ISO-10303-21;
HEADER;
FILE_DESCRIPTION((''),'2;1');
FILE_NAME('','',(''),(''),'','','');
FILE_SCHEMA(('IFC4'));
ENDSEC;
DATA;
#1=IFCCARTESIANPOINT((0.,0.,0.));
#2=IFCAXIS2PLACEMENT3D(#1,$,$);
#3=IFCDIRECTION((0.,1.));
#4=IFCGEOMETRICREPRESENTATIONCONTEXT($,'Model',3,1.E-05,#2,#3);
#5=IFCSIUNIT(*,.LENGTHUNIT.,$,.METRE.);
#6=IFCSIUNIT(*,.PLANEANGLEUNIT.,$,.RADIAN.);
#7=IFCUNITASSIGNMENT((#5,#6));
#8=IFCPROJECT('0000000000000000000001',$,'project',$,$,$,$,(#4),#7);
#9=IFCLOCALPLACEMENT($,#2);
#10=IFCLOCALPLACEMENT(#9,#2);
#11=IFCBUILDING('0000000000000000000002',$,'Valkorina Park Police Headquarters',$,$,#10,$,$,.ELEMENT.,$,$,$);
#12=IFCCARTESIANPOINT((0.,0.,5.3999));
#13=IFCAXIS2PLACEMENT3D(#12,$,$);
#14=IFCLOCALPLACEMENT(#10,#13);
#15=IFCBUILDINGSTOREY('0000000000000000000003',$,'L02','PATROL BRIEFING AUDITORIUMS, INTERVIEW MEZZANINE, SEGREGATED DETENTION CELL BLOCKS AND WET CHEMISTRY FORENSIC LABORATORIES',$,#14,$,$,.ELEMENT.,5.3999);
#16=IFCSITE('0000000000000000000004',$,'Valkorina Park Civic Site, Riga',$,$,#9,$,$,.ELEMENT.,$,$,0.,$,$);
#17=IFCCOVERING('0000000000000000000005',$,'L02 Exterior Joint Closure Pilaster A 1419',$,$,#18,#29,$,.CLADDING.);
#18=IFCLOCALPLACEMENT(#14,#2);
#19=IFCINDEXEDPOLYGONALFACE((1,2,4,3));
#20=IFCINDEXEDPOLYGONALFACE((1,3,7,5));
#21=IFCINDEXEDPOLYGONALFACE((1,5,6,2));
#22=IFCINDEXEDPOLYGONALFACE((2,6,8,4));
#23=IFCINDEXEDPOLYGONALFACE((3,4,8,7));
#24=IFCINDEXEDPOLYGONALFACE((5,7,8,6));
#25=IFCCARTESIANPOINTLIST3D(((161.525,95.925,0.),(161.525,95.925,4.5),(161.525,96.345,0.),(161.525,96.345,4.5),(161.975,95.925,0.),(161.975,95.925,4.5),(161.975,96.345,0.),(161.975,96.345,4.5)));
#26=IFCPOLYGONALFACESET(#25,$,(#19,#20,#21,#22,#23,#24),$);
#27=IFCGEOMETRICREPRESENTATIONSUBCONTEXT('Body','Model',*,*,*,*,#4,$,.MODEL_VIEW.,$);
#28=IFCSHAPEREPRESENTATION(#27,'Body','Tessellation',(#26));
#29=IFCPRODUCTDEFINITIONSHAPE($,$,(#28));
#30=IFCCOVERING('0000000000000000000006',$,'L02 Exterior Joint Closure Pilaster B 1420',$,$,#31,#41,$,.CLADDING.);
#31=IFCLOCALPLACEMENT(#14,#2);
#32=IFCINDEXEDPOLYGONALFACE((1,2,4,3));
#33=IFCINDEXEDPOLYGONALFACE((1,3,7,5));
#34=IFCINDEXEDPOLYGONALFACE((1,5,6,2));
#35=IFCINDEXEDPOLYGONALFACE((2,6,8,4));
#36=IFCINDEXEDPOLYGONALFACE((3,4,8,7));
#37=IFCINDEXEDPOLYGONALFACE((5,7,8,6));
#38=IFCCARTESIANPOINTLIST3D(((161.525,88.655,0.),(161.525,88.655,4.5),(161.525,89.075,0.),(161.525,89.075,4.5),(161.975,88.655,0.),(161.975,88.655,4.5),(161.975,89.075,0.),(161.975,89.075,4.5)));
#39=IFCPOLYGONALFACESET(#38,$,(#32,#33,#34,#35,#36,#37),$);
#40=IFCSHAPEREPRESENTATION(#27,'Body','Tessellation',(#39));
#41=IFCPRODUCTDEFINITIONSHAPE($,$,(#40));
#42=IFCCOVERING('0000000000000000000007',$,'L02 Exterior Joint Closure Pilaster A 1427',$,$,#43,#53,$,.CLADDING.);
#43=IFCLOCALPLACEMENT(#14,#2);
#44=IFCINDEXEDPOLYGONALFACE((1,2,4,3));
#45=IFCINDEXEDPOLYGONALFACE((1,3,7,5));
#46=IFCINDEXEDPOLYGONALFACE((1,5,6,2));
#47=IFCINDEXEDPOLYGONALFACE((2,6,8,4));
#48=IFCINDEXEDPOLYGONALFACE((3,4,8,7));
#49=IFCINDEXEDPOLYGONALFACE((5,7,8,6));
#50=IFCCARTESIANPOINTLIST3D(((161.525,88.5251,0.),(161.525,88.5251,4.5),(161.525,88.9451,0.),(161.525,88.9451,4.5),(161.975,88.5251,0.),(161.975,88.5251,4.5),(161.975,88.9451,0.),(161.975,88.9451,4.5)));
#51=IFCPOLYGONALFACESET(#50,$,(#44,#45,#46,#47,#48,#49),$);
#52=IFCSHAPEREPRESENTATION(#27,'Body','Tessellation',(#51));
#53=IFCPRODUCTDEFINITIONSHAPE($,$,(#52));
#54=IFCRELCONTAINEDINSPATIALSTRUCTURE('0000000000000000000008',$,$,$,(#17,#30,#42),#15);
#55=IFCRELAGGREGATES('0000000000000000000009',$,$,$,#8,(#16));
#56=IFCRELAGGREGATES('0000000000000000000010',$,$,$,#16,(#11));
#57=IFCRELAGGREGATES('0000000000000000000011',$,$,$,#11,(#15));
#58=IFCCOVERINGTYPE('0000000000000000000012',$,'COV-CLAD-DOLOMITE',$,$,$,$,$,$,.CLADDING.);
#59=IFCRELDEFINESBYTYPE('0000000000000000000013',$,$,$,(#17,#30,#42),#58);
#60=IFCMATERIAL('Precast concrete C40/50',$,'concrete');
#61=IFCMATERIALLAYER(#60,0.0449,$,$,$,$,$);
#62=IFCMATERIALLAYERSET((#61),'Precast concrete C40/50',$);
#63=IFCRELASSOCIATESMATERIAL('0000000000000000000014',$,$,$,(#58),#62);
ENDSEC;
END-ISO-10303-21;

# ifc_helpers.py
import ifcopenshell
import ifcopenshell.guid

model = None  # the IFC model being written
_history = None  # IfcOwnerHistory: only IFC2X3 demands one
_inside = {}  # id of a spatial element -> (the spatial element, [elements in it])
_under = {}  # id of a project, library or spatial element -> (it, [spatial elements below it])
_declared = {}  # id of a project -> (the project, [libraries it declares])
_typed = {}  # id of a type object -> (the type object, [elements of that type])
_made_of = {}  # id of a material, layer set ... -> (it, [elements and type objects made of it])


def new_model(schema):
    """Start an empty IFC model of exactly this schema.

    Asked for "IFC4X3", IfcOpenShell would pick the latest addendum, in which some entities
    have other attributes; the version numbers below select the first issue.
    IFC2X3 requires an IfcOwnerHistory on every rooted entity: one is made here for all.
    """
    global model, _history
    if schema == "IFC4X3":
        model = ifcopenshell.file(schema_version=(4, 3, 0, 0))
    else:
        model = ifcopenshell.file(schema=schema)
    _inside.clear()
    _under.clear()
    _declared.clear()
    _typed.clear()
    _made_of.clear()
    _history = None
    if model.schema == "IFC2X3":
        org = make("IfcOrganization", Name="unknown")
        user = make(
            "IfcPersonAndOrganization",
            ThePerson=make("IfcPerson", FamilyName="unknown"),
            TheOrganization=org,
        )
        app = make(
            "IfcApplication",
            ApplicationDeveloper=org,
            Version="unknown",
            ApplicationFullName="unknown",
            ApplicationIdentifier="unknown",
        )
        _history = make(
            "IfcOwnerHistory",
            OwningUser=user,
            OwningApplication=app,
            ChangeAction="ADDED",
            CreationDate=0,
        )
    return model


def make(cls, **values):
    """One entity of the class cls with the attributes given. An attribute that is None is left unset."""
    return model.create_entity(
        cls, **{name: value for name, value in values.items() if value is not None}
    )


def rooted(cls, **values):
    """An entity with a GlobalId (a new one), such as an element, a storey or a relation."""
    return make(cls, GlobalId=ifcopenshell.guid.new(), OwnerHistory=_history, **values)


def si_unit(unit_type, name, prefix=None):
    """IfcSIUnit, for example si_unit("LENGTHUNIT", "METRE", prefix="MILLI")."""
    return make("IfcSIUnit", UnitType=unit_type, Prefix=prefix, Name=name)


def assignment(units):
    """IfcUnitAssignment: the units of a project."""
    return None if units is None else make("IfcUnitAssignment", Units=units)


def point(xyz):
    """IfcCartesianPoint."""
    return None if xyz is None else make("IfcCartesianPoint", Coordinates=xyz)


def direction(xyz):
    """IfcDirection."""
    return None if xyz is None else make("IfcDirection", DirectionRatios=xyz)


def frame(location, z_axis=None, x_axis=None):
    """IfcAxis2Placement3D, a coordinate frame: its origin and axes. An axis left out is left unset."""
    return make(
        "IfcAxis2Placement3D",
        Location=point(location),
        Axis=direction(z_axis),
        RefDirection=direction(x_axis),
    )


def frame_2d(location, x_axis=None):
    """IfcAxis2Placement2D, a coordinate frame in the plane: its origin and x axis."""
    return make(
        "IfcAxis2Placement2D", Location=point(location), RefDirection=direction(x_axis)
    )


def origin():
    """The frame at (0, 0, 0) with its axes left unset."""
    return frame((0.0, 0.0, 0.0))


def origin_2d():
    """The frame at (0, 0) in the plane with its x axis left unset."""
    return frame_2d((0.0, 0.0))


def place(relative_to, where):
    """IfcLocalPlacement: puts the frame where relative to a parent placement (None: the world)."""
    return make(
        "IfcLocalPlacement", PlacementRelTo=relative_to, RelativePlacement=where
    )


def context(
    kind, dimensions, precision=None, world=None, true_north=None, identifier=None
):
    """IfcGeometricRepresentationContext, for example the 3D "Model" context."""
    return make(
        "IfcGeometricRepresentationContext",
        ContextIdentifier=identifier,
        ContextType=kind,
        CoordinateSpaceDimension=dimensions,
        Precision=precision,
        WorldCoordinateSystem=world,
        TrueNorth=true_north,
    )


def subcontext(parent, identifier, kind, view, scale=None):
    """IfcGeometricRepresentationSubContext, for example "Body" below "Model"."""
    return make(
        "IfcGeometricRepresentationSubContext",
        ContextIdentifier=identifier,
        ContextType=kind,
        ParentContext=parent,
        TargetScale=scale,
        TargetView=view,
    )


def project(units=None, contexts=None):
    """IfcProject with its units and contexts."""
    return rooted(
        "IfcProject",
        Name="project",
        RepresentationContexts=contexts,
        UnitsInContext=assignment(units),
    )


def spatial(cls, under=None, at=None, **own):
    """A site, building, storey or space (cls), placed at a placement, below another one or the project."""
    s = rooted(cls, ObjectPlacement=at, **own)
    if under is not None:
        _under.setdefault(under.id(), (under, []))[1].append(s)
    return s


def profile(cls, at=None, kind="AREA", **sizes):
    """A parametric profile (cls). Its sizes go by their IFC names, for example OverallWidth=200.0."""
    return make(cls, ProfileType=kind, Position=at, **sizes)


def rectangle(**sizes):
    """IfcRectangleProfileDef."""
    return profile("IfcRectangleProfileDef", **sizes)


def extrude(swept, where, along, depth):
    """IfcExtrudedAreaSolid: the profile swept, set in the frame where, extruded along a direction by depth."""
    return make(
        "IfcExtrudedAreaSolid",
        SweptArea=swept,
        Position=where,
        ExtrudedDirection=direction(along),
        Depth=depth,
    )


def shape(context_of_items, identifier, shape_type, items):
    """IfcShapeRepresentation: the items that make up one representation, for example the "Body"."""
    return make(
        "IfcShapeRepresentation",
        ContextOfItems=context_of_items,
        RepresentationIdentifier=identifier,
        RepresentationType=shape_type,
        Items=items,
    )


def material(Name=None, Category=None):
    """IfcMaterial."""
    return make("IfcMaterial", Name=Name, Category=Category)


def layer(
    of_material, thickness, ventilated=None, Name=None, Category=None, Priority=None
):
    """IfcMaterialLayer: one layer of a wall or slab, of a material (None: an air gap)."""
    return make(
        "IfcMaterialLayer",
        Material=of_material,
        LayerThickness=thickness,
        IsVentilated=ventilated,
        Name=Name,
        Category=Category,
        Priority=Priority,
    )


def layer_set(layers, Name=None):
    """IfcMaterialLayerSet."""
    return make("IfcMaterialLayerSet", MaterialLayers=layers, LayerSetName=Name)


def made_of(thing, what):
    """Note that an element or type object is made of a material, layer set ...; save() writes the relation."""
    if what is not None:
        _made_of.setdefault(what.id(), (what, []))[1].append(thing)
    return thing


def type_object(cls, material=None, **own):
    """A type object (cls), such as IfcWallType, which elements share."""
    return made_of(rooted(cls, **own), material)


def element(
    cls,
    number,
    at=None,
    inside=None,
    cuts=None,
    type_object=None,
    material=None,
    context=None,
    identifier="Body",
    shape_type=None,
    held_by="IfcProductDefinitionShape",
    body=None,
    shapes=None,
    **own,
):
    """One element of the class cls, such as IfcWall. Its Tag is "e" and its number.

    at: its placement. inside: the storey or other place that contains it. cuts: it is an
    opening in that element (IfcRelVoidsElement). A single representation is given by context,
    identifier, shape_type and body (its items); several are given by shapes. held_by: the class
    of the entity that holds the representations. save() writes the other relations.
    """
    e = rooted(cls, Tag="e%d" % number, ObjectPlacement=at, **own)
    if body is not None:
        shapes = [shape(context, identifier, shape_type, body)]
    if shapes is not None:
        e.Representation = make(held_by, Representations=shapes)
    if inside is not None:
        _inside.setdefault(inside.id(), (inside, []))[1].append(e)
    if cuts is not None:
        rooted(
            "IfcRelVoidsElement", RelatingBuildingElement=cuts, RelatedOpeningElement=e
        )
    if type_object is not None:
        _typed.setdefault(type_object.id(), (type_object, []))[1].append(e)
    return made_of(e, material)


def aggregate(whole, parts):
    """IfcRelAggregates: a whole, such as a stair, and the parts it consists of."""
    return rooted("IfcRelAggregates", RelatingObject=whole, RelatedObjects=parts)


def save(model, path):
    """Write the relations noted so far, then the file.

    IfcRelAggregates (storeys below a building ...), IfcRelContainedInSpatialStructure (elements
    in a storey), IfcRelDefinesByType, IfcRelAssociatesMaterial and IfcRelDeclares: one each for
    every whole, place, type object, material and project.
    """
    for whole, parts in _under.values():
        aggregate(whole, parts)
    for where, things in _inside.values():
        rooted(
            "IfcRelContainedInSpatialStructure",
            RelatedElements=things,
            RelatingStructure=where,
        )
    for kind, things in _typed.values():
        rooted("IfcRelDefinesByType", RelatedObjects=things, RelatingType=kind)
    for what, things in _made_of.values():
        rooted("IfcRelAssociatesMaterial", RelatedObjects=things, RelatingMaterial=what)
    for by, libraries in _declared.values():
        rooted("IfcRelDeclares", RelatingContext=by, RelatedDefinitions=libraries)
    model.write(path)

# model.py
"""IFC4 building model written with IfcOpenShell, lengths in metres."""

from ifc_helpers import new_model, si_unit, direction, frame, origin, origin_2d, place, context, subcontext, project, spatial, rectangle, extrude, material, layer, layer_set, type_object, element, save


model = new_model("IFC4")

# Units and contexts
model_context = context("Model", 3, precision=1e-05, world=origin(), true_north=direction((0.0, 1.0)))
body_context = subcontext(model_context, "Body", "Model", "MODEL_VIEW")
ifc_project = project(units=[si_unit("LENGTHUNIT", "METRE"), si_unit("PLANEANGLEUNIT", "RADIAN")], contexts=[model_context])

# Site, building, storey
site_placement = place(None, origin())
site = spatial("IfcSite", under=ifc_project, at=site_placement, Name="Valkorina Park Civic Site, Riga", CompositionType="ELEMENT", RefElevation=0.0)
building_placement = place(site_placement, origin())
building = spatial("IfcBuilding", under=site, at=building_placement, Name="Valkorina Park Police Headquarters", CompositionType="ELEMENT")
storey_placement = place(building_placement, frame((0.0, 0.0, 5.3999)))
storey = spatial("IfcBuildingStorey", under=building, at=storey_placement, Name="L02", Description="PATROL BRIEFING AUDITORIUMS, INTERVIEW MEZZANINE, SEGREGATED DETENTION CELL BLOCKS AND WET CHEMISTRY FORENSIC LABORATORIES", CompositionType="ELEMENT", Elevation=5.3999)

# Shared definitions
ifc_material_1 = material(Name="Precast concrete C40/50", Category="concrete")

# Coverings
ifc_layer_1 = layer(ifc_material_1, 0.0449)
ifc_layer_set_1 = layer_set([ifc_layer_1], Name="Precast concrete C40/50")
covering_type = type_object("IfcCoveringType", Name="COV-CLAD-DOLOMITE", PredefinedType="CLADDING", material=ifc_layer_set_1)
for number, where, z_axis, x_axis, name in (
    (1, (161.75, 96.135, 0.0), (0.0, 0.0, 1.0), (0.0, 1.0, 0.0), "L02 Exterior Joint Closure Pilaster A 1419"),
    (2, (161.75, 88.865, 0.0), (0.0, 0.0, 1.0), (0.0, 1.0, 0.0), "L02 Exterior Joint Closure Pilaster B 1420"),
    (3, (161.75, 88.7351, 0.0), (0.0, 0.0, 1.0), (0.0, 1.0, 0.0), "L02 Exterior Joint Closure Pilaster A 1427"),
):
    element("IfcCovering", number, at=place(storey_placement, frame(where, z_axis=z_axis, x_axis=x_axis)), inside=storey, type_object=covering_type, Name=name, PredefinedType="CLADDING", context=body_context, shape_type="SweptSolid", body=[
        extrude(rectangle(XDim=0.4199, YDim=0.45, at=origin_2d()), origin(), (0.0, 0.0, 1.0), 4.5),
    ])

save(model, "model.ifc")
